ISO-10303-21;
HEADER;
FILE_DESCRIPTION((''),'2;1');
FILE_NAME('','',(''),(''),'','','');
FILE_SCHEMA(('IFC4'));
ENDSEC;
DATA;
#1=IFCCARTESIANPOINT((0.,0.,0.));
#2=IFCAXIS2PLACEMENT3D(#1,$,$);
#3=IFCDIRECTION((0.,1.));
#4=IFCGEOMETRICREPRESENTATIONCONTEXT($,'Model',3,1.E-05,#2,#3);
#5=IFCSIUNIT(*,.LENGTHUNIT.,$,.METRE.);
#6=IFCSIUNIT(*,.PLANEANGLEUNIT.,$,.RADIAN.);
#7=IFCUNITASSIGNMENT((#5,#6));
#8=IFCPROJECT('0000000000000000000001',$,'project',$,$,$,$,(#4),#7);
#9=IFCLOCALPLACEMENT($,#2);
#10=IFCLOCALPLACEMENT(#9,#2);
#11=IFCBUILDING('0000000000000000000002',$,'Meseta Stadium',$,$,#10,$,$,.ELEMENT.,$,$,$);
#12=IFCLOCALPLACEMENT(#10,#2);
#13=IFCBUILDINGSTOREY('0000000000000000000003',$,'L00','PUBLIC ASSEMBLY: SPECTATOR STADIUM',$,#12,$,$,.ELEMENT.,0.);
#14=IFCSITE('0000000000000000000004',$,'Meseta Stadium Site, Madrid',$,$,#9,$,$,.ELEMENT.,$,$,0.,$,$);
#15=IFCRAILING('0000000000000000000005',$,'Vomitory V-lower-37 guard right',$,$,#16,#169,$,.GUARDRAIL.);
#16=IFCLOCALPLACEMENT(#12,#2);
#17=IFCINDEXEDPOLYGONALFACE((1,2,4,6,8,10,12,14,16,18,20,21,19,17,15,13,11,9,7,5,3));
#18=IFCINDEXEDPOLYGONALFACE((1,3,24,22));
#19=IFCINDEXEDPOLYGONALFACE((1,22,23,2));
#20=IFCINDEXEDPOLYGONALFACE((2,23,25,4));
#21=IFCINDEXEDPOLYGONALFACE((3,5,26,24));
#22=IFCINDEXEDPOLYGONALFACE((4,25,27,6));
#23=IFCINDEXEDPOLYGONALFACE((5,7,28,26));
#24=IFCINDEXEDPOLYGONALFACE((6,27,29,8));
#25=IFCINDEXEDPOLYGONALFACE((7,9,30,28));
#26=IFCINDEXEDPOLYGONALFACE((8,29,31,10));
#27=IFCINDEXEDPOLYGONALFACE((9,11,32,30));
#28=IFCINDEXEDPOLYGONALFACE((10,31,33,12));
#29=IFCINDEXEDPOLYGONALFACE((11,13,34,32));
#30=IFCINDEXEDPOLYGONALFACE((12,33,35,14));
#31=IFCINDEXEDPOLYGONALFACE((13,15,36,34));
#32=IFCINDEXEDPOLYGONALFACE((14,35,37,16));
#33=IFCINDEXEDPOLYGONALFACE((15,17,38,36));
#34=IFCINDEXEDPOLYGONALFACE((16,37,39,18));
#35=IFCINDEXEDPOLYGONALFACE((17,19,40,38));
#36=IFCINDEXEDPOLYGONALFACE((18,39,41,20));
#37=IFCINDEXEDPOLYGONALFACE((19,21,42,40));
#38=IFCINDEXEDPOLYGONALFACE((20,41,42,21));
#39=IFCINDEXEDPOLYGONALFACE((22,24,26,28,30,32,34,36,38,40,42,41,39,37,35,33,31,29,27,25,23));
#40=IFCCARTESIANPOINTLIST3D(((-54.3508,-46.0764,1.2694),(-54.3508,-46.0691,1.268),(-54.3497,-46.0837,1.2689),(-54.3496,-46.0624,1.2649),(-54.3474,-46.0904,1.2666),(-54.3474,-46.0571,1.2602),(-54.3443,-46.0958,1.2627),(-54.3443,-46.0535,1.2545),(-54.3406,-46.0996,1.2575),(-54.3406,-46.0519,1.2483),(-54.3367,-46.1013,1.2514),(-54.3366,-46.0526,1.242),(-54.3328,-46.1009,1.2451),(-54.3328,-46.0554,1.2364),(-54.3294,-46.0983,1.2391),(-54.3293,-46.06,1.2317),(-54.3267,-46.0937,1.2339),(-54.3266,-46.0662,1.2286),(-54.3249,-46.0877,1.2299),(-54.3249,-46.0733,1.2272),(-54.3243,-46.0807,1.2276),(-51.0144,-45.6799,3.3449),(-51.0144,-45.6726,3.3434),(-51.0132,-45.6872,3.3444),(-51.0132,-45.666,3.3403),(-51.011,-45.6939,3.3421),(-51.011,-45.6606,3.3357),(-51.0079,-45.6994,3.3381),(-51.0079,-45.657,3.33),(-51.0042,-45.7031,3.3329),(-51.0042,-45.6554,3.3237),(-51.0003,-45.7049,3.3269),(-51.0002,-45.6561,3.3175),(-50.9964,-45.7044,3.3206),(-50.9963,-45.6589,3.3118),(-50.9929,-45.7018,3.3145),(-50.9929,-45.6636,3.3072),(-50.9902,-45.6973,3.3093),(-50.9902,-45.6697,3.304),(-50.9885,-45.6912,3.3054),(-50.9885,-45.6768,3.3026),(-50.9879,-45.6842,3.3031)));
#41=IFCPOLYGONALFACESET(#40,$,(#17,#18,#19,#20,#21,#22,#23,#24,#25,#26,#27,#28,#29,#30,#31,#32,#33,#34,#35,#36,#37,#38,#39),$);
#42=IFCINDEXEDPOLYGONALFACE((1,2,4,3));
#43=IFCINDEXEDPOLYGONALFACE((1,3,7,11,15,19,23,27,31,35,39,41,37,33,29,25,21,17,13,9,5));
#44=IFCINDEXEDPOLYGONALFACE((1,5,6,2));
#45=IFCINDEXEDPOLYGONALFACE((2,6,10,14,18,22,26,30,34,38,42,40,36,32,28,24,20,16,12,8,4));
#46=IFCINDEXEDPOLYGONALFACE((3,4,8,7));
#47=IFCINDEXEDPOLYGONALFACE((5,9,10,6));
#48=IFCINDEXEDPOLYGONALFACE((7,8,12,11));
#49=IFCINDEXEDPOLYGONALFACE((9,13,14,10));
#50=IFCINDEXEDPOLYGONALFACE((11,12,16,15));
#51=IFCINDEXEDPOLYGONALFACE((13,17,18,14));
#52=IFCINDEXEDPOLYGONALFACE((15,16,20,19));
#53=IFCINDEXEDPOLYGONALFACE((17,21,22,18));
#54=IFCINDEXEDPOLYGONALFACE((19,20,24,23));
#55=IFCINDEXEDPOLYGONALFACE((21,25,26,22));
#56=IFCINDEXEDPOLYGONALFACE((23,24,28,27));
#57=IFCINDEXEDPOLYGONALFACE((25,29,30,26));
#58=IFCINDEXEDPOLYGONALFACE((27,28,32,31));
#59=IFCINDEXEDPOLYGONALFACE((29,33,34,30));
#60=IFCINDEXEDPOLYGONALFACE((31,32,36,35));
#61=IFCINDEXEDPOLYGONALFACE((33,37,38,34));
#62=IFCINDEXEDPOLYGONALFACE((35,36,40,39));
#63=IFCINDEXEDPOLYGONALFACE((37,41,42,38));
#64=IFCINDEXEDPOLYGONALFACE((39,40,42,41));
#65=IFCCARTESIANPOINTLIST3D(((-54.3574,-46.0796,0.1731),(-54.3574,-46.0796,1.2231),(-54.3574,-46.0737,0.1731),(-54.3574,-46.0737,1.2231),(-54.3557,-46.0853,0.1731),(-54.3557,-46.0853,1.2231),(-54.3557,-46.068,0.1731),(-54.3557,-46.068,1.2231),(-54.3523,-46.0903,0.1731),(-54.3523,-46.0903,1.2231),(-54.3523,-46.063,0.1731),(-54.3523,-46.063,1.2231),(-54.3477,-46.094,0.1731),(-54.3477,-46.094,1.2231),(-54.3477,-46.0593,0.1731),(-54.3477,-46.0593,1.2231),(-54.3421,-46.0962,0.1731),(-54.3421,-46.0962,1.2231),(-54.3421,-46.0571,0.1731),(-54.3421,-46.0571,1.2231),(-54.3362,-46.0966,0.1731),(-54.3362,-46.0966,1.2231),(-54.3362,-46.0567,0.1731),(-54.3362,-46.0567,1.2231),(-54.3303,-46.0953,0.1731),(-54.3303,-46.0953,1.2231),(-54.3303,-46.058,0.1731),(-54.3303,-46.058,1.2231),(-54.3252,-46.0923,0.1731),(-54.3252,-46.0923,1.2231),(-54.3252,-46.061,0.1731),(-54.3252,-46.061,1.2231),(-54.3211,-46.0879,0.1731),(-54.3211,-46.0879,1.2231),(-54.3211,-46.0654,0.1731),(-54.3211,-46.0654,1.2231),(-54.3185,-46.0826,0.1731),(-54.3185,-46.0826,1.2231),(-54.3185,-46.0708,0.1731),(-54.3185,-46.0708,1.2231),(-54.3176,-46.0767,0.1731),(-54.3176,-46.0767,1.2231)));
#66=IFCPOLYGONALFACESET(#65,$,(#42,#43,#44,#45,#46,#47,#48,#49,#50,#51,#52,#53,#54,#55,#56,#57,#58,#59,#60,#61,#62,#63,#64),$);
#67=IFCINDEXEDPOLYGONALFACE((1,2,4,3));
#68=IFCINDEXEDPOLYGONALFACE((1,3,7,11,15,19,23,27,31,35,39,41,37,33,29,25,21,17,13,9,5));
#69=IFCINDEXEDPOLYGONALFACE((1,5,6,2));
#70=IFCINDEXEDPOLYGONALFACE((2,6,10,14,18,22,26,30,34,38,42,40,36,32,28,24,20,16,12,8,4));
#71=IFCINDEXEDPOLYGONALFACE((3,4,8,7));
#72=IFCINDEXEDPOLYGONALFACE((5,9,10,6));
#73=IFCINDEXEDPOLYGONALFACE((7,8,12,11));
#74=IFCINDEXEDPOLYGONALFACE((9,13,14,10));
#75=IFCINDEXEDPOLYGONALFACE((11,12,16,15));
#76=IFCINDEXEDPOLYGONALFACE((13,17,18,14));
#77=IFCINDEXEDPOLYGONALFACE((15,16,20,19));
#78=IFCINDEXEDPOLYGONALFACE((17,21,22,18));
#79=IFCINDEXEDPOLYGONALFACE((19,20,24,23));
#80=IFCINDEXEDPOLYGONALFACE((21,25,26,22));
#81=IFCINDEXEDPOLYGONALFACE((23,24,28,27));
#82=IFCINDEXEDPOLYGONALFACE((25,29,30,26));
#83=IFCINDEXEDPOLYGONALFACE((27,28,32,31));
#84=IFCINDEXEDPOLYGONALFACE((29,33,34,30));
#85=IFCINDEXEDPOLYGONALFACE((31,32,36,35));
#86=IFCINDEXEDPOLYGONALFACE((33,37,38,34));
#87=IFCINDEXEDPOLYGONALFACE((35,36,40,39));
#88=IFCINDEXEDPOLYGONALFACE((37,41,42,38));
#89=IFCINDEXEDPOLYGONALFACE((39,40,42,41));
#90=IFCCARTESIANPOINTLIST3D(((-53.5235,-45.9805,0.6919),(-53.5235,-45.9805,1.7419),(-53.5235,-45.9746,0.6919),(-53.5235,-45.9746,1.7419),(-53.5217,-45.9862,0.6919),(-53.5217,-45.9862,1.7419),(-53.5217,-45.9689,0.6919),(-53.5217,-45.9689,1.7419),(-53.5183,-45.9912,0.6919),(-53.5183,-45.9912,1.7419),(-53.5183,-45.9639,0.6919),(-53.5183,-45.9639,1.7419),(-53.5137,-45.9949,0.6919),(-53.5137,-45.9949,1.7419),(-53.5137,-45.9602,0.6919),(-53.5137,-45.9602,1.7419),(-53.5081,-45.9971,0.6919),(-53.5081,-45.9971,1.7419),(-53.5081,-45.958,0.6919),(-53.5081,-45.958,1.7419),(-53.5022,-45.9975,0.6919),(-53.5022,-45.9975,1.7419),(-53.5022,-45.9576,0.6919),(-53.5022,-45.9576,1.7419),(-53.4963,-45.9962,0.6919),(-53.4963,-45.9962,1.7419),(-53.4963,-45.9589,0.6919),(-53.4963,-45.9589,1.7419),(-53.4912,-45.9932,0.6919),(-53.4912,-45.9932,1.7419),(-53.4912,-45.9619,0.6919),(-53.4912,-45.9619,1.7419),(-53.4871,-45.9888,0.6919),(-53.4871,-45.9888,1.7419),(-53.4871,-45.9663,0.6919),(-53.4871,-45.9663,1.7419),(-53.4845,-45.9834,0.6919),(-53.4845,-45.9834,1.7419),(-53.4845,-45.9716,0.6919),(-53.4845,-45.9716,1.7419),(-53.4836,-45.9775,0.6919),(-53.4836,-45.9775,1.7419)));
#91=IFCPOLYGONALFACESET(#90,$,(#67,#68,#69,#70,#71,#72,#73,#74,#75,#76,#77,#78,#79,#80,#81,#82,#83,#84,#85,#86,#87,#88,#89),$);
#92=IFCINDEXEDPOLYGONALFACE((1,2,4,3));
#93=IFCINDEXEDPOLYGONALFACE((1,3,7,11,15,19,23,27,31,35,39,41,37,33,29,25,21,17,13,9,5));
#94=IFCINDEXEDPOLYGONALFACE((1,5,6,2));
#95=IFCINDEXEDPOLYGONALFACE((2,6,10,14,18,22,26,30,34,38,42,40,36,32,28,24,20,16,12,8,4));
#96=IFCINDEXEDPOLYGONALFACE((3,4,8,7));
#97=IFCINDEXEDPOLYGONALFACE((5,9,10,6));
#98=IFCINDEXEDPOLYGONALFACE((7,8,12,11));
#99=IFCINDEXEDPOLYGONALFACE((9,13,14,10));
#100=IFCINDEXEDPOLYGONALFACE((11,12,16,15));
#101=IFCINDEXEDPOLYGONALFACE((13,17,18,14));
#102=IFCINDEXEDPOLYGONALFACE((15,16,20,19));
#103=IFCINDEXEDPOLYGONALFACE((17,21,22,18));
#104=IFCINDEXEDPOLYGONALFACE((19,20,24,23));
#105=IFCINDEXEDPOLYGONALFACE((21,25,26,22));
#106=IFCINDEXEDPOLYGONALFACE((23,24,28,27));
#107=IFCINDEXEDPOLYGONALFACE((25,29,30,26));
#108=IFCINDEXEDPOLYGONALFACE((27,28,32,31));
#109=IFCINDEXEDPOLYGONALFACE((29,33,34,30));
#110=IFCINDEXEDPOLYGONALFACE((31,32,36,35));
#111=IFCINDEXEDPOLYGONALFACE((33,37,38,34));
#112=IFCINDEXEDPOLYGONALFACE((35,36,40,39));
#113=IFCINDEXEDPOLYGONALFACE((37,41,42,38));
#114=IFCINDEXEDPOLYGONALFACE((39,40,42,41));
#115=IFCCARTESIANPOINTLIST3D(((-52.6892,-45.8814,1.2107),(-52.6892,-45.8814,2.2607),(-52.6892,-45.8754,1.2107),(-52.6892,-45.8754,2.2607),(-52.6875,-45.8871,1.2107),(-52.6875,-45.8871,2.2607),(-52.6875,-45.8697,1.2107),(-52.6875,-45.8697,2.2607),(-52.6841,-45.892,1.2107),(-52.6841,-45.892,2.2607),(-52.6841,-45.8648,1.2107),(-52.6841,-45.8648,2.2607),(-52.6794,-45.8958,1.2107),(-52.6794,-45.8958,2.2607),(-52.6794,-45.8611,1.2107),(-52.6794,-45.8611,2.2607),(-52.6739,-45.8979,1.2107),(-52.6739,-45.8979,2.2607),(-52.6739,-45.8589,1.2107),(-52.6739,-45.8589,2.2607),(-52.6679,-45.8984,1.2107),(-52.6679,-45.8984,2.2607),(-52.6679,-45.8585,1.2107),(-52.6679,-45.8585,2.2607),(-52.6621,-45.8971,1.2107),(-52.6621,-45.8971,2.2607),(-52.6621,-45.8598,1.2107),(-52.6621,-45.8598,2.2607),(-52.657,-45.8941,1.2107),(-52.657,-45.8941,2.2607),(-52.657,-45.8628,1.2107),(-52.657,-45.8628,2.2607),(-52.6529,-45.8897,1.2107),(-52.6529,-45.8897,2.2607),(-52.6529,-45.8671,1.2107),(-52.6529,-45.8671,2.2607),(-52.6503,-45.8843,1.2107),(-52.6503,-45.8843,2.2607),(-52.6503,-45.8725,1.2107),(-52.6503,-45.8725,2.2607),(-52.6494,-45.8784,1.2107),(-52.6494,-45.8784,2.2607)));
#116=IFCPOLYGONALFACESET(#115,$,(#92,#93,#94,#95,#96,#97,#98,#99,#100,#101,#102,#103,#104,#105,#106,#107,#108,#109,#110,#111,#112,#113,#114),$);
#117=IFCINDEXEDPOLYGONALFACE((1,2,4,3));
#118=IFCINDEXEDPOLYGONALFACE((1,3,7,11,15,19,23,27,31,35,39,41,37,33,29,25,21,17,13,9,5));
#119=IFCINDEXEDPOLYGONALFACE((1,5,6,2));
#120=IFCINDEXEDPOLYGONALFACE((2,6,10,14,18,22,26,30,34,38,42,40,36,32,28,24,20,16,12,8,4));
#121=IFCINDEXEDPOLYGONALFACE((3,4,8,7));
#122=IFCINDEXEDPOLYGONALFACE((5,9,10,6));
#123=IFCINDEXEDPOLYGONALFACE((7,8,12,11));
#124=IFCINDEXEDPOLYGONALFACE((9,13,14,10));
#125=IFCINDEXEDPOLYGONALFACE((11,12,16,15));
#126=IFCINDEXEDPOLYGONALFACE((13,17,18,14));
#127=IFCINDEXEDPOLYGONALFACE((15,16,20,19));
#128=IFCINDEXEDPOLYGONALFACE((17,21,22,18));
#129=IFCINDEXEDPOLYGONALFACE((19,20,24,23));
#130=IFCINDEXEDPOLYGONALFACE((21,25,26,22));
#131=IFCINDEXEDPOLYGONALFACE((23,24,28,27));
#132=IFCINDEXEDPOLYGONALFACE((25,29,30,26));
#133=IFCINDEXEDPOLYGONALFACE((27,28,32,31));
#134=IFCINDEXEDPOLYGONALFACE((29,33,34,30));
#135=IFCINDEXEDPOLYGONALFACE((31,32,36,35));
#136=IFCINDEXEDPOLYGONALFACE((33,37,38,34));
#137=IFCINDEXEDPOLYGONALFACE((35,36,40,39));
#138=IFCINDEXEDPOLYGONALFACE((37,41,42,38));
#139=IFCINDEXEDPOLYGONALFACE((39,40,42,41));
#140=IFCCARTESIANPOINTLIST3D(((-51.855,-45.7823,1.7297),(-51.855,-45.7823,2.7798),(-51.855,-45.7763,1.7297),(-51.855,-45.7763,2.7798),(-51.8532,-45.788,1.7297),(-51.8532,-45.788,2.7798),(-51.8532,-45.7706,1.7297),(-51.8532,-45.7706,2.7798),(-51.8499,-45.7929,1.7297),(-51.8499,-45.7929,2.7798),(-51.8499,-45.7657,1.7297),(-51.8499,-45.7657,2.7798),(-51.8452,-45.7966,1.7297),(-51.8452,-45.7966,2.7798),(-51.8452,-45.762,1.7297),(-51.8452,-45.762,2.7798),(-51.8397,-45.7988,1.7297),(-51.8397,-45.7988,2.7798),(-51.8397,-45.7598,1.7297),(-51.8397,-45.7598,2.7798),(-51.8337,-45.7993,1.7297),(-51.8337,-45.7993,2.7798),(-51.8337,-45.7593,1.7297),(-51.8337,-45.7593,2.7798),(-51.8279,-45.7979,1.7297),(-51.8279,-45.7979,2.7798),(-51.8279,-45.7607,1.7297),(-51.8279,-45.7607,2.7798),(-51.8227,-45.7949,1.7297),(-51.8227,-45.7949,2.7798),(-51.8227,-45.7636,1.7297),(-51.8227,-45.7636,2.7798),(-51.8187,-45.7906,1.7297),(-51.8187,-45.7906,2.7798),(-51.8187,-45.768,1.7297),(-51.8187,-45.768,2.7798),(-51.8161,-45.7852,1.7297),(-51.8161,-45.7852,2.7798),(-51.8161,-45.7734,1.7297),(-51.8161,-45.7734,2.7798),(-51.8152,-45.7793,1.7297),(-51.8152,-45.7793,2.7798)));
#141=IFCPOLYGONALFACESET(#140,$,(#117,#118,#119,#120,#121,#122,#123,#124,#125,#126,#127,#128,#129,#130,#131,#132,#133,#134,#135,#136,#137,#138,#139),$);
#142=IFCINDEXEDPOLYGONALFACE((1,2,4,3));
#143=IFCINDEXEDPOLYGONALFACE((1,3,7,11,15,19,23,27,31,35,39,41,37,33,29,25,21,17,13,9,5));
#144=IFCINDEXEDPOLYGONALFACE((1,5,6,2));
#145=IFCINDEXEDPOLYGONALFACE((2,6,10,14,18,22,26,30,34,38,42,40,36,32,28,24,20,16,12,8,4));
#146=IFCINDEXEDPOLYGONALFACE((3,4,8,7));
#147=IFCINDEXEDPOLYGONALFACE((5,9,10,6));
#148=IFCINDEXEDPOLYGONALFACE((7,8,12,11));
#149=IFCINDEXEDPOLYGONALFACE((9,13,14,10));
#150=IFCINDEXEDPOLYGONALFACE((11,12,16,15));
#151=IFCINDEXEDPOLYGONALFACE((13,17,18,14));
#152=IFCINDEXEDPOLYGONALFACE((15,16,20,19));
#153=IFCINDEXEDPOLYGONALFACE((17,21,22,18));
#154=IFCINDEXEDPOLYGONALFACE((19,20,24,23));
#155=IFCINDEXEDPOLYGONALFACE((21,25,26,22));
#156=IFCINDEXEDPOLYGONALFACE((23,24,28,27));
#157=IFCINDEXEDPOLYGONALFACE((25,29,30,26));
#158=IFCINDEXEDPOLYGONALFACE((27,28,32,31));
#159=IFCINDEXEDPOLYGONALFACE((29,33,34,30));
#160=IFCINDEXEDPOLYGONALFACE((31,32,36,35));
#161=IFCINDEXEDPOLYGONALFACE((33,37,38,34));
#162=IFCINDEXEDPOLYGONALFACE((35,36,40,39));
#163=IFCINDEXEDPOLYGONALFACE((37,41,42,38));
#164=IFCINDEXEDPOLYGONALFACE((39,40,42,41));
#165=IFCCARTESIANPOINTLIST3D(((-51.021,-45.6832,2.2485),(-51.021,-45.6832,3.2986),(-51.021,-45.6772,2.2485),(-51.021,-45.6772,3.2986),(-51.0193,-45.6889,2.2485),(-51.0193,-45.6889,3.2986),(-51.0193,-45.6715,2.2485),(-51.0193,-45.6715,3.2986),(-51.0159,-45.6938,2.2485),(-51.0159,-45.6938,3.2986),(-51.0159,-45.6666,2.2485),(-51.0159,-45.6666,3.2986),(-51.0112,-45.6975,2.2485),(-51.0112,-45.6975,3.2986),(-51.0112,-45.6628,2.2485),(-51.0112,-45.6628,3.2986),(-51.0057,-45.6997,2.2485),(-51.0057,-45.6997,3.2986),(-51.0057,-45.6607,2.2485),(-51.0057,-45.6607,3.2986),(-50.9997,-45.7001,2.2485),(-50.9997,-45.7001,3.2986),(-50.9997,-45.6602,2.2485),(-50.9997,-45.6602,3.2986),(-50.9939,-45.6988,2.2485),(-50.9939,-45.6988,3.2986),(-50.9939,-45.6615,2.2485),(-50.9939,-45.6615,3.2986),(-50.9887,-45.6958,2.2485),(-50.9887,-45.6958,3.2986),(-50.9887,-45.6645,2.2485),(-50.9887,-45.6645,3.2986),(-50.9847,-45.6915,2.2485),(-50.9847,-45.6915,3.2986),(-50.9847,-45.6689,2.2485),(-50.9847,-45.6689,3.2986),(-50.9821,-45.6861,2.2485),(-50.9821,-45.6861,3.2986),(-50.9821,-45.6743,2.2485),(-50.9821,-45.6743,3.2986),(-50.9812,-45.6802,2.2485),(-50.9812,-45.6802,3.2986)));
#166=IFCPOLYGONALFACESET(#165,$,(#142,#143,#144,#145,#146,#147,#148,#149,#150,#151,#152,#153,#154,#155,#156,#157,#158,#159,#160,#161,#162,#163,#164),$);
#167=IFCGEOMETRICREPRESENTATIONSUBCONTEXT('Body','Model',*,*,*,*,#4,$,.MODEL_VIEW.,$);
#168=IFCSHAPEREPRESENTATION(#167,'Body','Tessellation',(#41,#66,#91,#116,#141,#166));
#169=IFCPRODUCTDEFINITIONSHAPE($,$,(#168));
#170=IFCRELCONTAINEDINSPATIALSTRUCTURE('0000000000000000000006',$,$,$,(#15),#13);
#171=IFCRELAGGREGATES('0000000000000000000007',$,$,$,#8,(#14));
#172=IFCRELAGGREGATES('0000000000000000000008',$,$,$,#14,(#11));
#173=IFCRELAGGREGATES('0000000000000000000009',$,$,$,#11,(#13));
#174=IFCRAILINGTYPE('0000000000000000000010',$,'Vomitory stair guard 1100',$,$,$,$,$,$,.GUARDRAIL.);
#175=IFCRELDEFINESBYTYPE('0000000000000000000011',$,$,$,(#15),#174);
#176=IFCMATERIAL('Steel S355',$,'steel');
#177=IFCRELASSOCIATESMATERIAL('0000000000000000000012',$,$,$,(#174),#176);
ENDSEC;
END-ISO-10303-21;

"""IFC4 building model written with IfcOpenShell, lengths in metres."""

from ifc_helpers import new_model, si_unit, direction, frame, origin, origin_2d, place, context, subcontext, project, spatial, circle, extrude, material, type_object, element, save


model = new_model("IFC4")

# Units and contexts
model_context = context("Model", 3, precision=1e-05, world=origin(), true_north=direction((0.0, 1.0)))
body_context = subcontext(model_context, "Body", "Model", "MODEL_VIEW")
ifc_project = project(units=[si_unit("LENGTHUNIT", "METRE"), si_unit("PLANEANGLEUNIT", "RADIAN")], contexts=[model_context])

# Site, building, storey
site_placement = place(None, origin())
site = spatial("IfcSite", under=ifc_project, at=site_placement, Name="Meseta Stadium Site, Madrid", CompositionType="ELEMENT", RefElevation=0.0)
building_placement = place(site_placement, origin())
building = spatial("IfcBuilding", under=site, at=building_placement, Name="Meseta Stadium", CompositionType="ELEMENT")
storey_placement = place(building_placement, origin())
storey = spatial("IfcBuildingStorey", under=building, at=storey_placement, Name="L00", Description="PUBLIC ASSEMBLY: SPECTATOR STADIUM", CompositionType="ELEMENT", Elevation=0.0)

# Railing
ifc_material_1 = material(Name="Steel S355", Category="steel")
railing_type_1 = type_object("IfcRailingType", Name="Vomitory stair guard 1100", PredefinedType="GUARDRAIL", material=ifc_material_1)
for number, where, name in (
    (1, (-54.3376, -46.0767, 0.1731), "Vomitory V-lower-37 guard right"),
):
    element("IfcRailing", number, at=place(storey_placement, frame(where)), inside=storey, type_object=railing_type_1, Name=name, PredefinedType="GUARDRAIL", context=body_context, shape_type="SweptSolid", body=[
        extrude(circle(Radius=0.0249, at=origin_2d()), frame((0.0, 0.0, 1.0752), z_axis=(0.84483, 0.100395, 0.525531), x_axis=(-0.118005, 0.993013, 0.0)), (0.0, 0.0, 1.0), 3.9492),
        extrude(circle(Radius=0.02, at=origin_2d()), origin(), (0.0, 0.0, 1.0), 1.05),
        extrude(circle(Radius=0.02, at=origin_2d()), frame((0.834, 0.0991, 0.5188)), (0.0, 0.0, 1.0), 1.05),
        extrude(circle(Radius=0.02, at=origin_2d()), frame((1.6682, 0.1982, 1.0376)), (0.0, 0.0, 1.0), 1.05),
        extrude(circle(Radius=0.02, at=origin_2d()), frame((2.5024, 0.2974, 1.5566)), (0.0, 0.0, 1.0), 1.05),
        extrude(circle(Radius=0.02, at=origin_2d()), frame((3.3364, 0.3965, 2.0754)), (0.0, 0.0, 1.0), 1.05),
    ])

save(model, "model.ifc")
